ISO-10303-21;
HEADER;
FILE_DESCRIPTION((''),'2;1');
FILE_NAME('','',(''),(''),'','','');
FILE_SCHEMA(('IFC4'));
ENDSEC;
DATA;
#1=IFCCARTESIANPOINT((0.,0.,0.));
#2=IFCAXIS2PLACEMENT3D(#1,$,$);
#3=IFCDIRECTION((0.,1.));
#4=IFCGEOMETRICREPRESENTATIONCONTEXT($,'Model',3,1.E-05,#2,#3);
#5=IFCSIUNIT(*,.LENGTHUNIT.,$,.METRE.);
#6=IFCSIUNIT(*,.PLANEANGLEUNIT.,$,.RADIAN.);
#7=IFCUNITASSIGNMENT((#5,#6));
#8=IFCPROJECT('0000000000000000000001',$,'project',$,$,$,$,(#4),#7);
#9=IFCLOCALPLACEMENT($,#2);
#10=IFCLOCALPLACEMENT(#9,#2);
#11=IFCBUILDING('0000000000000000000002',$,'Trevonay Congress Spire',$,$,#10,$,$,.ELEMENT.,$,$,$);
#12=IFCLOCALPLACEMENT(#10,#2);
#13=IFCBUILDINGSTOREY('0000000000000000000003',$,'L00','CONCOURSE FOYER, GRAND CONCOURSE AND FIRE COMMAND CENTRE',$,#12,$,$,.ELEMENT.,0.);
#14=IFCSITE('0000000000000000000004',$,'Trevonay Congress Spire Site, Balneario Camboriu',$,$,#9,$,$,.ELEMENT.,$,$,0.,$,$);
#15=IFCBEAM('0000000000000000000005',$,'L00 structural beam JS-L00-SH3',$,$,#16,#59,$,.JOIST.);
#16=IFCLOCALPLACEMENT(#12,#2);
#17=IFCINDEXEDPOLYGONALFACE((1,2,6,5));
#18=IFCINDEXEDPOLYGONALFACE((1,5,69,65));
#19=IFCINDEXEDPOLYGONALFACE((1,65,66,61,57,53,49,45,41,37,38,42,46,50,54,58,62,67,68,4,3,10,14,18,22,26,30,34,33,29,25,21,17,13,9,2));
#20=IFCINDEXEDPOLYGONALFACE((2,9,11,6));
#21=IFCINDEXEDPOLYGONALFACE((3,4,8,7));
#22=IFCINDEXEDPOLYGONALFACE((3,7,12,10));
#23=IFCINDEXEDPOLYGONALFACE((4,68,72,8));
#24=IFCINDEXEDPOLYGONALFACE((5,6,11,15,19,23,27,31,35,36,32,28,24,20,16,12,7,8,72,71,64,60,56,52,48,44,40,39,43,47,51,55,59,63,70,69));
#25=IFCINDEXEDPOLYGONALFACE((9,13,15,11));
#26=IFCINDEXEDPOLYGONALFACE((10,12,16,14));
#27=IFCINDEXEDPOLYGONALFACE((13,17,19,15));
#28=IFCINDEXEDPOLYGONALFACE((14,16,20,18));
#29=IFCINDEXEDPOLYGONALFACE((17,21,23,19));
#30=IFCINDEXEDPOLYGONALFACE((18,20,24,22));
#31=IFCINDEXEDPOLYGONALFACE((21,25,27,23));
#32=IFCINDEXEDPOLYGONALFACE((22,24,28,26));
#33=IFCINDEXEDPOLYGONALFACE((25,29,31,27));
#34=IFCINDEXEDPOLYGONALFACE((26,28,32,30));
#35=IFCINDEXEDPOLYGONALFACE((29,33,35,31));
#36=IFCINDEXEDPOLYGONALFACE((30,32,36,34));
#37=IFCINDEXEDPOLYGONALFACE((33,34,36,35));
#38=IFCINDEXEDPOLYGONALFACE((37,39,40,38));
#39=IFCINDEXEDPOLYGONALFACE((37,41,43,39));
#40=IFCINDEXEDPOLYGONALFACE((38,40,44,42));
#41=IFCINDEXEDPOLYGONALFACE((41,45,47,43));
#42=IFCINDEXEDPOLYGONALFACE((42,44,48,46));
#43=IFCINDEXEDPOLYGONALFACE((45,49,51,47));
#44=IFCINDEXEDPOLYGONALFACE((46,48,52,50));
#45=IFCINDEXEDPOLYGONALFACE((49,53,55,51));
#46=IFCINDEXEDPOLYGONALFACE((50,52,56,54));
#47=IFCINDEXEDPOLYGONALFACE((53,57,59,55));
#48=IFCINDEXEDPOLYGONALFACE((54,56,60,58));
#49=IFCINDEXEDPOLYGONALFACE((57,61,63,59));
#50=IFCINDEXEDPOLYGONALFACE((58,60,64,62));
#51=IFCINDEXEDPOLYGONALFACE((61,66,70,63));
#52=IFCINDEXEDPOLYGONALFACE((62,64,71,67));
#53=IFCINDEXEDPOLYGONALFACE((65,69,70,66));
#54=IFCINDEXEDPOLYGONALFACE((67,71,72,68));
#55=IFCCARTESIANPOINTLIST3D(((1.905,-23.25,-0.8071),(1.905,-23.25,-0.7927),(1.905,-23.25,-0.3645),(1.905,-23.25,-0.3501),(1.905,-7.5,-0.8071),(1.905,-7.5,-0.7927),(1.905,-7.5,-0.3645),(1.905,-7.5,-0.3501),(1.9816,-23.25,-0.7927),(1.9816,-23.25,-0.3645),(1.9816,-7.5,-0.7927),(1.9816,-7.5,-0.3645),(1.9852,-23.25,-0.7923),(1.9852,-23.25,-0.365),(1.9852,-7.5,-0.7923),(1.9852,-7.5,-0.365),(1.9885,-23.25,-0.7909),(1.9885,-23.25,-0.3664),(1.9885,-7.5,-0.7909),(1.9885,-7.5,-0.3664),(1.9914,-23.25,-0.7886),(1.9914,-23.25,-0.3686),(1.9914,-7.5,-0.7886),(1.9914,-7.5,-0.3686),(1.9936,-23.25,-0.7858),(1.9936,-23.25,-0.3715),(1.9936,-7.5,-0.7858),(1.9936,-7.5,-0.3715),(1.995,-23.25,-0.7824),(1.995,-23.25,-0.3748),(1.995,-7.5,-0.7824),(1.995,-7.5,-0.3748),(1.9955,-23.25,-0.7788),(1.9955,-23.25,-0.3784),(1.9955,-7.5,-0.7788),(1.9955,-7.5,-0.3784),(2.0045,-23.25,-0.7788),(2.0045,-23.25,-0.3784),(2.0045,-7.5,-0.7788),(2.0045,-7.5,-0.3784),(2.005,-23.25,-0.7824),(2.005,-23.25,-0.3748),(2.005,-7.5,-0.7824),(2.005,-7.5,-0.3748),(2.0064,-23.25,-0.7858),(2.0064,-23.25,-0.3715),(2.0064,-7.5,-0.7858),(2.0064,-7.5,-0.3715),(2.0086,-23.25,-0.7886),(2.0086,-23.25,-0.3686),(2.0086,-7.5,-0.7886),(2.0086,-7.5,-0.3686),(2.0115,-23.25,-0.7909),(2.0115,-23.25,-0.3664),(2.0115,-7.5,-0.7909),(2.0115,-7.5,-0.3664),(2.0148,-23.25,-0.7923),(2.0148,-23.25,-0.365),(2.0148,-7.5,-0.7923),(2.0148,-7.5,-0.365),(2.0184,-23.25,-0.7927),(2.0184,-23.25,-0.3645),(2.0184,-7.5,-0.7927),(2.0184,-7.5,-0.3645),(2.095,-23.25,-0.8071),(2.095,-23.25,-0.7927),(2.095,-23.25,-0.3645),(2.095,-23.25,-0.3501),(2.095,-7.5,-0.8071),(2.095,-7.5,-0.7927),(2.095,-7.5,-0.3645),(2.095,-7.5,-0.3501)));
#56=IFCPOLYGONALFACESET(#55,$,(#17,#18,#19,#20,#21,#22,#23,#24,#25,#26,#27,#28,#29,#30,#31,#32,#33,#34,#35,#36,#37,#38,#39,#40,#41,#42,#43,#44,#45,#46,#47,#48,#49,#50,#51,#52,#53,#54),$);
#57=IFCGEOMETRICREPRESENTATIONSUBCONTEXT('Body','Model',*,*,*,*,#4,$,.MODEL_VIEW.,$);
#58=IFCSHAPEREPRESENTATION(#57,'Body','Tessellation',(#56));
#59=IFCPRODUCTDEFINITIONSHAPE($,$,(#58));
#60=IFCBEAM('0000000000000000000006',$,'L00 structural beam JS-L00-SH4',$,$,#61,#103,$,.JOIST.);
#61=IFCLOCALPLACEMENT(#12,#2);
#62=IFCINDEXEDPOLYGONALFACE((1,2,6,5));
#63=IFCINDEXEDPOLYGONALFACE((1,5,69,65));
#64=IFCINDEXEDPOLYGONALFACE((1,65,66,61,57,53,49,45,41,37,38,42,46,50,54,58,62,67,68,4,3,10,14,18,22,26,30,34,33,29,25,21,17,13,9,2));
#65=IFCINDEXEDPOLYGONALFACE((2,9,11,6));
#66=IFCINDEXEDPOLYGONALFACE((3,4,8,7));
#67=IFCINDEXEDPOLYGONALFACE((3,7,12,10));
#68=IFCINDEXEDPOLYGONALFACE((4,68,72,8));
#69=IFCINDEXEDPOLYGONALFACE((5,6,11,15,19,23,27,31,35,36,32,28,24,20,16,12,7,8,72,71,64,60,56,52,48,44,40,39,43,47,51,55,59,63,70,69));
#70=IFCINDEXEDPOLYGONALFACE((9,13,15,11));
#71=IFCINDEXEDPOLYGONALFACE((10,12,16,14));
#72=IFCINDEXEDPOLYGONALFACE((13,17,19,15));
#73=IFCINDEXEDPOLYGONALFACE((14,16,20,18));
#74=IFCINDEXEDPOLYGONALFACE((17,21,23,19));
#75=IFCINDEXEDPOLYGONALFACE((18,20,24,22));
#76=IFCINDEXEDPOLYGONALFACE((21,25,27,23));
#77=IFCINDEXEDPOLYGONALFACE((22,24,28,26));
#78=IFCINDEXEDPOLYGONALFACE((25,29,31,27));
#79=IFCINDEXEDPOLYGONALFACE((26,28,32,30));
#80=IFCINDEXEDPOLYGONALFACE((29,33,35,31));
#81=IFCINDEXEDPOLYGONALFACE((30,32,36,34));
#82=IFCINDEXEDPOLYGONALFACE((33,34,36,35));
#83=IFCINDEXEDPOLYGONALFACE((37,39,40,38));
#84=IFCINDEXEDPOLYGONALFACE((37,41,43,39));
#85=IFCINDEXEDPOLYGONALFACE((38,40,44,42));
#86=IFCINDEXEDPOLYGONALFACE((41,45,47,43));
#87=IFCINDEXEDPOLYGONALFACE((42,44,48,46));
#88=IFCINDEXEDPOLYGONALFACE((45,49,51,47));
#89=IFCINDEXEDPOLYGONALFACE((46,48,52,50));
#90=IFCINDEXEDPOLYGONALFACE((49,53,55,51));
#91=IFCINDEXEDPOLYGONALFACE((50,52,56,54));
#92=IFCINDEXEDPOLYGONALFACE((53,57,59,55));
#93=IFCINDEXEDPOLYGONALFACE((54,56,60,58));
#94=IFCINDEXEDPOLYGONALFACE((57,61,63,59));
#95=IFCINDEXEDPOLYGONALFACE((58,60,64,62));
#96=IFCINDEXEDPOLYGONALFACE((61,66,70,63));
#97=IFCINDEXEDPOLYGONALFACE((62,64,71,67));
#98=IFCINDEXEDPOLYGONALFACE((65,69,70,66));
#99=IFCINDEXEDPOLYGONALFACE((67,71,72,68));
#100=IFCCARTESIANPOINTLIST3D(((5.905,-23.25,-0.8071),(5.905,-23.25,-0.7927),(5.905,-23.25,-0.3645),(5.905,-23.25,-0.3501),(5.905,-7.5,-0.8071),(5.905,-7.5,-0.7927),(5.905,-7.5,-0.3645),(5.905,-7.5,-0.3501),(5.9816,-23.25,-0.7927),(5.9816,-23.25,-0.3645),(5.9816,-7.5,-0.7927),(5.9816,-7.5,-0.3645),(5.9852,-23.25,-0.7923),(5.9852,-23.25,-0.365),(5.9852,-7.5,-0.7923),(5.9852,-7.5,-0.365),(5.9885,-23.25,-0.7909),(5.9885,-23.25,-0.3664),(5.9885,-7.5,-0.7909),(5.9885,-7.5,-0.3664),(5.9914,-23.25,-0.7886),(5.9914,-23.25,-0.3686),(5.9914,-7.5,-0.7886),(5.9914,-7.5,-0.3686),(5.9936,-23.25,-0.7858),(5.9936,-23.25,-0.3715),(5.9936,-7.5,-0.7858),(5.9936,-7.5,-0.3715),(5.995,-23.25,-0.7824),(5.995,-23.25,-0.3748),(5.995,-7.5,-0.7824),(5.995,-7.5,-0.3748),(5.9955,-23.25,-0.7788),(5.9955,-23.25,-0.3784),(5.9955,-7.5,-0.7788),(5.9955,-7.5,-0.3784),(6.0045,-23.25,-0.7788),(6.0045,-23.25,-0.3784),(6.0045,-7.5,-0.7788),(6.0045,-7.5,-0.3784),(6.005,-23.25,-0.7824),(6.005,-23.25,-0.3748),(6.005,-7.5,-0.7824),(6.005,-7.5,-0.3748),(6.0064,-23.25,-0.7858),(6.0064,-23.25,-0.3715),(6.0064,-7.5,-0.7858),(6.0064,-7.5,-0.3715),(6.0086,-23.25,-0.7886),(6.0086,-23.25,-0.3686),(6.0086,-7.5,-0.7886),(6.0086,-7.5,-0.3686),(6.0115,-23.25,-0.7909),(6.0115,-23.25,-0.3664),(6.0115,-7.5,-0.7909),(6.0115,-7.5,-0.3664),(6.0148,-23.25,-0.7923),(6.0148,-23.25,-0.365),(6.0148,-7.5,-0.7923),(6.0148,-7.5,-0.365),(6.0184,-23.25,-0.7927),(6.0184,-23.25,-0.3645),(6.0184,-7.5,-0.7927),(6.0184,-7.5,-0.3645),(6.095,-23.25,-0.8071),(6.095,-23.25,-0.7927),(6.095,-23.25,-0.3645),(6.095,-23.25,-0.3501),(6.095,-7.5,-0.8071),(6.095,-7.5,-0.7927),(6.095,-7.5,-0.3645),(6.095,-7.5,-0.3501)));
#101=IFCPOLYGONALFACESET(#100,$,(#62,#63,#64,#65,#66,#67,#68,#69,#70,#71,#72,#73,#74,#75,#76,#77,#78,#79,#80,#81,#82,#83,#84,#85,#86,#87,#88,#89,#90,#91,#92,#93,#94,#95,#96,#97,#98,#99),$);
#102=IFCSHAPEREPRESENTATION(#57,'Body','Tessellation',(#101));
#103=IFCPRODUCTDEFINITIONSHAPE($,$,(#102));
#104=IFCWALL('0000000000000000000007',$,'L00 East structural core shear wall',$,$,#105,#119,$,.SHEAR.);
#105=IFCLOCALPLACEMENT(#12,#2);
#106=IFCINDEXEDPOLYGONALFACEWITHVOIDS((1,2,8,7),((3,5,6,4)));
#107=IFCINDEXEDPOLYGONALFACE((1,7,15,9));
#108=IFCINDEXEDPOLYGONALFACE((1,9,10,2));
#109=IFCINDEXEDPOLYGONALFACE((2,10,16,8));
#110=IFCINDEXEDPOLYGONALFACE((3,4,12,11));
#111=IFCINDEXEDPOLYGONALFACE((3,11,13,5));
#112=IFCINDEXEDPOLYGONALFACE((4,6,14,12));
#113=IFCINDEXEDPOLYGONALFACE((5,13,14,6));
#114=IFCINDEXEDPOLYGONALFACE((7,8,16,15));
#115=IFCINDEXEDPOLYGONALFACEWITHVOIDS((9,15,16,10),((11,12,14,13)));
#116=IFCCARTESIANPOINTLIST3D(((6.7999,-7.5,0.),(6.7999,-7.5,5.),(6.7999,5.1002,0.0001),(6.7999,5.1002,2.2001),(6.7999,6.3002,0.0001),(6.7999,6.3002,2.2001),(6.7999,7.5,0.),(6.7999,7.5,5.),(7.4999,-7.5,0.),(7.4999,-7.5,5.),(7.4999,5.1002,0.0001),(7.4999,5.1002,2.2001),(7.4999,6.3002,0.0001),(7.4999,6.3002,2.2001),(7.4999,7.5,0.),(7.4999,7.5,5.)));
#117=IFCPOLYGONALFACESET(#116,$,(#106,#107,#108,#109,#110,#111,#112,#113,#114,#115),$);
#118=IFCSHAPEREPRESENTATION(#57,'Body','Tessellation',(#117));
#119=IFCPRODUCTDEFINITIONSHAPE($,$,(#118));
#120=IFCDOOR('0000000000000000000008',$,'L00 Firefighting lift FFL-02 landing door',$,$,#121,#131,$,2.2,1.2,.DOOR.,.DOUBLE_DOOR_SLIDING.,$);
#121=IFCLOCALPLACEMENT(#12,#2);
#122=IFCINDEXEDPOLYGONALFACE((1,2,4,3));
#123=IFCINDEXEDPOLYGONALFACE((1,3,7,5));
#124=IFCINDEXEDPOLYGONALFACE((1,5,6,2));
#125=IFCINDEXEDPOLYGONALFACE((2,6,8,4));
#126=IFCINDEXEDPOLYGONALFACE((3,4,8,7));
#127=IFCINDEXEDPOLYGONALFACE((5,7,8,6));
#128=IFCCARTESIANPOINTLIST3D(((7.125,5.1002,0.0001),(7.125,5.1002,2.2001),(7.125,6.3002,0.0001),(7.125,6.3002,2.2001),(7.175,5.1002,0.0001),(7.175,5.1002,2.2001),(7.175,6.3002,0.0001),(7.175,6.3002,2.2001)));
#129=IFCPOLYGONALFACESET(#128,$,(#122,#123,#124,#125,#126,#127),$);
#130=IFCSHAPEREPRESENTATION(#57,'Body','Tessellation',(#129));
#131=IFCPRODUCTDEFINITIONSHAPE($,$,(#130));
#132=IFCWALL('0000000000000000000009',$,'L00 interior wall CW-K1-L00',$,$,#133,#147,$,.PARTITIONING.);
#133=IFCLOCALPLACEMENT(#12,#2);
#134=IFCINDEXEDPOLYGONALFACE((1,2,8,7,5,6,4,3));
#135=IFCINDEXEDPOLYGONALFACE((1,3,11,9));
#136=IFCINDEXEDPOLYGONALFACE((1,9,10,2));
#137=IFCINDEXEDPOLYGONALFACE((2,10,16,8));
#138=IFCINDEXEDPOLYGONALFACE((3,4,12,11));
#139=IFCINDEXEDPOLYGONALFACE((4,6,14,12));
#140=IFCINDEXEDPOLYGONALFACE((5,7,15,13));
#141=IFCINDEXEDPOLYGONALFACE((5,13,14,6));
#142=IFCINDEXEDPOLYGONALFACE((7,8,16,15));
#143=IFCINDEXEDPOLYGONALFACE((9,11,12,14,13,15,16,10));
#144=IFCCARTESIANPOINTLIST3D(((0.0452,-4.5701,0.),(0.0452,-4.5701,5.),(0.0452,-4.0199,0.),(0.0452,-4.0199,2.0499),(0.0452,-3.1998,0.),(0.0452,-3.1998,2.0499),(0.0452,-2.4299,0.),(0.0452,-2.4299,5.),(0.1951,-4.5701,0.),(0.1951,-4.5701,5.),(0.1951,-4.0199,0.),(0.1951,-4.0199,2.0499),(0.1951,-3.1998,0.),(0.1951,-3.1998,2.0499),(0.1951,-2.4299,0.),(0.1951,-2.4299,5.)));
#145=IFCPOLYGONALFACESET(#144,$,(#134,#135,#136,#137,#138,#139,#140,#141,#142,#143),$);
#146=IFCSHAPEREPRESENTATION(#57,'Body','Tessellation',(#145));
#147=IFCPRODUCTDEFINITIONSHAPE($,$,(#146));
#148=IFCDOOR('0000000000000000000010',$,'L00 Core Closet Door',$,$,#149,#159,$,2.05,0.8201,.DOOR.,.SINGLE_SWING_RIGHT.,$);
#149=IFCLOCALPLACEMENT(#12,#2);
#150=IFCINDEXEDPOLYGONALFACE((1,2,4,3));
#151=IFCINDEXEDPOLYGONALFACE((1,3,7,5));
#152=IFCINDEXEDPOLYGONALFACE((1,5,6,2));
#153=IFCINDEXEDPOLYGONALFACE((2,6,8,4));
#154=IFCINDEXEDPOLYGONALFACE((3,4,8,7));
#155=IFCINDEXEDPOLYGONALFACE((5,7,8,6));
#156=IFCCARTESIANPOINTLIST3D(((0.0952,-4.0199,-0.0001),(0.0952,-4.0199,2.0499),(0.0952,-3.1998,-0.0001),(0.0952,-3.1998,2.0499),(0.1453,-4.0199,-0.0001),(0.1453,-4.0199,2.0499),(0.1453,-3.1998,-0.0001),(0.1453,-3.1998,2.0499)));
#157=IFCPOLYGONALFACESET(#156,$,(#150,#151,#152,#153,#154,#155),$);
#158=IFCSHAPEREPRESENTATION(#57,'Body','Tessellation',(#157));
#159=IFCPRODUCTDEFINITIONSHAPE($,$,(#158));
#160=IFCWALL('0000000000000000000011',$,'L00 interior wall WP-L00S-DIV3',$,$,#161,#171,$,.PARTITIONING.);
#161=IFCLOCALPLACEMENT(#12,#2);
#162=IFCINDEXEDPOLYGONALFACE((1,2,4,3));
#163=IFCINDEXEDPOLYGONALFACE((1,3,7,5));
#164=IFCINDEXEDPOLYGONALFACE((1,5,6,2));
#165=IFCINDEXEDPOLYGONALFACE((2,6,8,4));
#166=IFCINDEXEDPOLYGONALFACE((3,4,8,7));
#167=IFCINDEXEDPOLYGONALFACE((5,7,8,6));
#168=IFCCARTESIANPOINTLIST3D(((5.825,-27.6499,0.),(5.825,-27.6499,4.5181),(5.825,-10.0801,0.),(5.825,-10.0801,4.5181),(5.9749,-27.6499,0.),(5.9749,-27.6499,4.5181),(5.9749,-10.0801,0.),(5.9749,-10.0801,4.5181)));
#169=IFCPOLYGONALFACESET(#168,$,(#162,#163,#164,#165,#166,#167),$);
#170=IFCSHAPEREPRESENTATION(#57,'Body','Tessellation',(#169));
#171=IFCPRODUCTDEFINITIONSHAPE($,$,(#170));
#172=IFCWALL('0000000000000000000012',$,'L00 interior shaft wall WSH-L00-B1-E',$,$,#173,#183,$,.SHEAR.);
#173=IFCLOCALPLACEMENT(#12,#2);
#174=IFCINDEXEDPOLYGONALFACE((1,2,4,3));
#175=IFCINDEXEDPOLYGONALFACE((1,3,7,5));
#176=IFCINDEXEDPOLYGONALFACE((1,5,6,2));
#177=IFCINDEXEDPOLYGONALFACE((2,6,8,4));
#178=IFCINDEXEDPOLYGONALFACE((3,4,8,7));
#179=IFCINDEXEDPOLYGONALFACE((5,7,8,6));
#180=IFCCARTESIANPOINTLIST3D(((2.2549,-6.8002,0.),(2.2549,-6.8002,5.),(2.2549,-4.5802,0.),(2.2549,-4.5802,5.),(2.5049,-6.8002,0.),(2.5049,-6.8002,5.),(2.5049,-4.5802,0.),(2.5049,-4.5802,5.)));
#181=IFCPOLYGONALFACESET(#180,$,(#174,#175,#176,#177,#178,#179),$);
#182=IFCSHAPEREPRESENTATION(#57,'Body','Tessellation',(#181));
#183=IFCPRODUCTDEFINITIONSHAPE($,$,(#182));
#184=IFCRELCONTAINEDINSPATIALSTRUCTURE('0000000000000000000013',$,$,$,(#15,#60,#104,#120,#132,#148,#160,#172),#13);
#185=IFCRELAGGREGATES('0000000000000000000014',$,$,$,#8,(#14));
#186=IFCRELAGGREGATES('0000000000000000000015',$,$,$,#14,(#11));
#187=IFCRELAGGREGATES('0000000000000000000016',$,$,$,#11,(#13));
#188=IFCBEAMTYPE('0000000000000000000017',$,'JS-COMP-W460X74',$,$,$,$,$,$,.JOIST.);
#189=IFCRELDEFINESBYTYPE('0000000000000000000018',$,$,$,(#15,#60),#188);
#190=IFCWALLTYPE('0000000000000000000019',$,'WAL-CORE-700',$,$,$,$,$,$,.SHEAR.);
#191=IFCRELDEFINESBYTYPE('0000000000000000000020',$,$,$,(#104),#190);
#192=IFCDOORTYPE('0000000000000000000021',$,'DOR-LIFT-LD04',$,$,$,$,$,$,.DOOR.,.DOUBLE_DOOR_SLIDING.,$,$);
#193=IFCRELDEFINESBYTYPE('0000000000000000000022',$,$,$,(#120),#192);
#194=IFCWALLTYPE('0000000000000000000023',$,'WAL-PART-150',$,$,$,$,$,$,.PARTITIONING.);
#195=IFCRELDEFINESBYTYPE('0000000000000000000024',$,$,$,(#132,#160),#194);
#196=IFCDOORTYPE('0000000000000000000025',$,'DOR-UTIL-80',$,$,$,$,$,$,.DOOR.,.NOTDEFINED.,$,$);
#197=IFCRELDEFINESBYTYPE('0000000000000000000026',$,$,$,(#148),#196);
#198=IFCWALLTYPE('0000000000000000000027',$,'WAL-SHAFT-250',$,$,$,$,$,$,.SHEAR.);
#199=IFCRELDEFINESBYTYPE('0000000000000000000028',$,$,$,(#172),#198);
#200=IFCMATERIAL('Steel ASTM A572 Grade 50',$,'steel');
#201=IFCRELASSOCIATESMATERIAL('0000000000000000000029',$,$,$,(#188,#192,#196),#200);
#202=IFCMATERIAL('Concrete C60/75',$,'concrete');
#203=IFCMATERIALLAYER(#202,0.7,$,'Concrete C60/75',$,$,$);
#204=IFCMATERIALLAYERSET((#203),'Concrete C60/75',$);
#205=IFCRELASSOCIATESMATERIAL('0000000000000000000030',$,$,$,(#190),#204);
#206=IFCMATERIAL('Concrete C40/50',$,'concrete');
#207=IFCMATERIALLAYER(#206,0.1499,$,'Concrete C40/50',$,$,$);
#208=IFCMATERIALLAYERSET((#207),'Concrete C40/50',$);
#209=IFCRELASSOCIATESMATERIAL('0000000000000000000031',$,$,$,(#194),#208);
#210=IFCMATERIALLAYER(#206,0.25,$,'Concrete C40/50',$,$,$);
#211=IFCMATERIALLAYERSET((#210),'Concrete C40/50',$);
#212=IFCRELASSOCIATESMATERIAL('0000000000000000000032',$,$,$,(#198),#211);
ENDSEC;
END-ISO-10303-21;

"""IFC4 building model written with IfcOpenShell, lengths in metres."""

from ifc_helpers import new_model, si_unit, direction, frame, frame_2d, origin, origin_2d, place, context, subcontext, project, spatial, rectangle, i_section, extrude, material, layer, layer_set, material_profile, profile_set, type_object, element, fill, save


model = new_model("IFC4")

# Units and contexts
model_context = context("Model", 3, precision=1e-05, world=origin(), true_north=direction((0.0, 1.0)))
body_context = subcontext(model_context, "Body", "Model", "MODEL_VIEW")
ifc_project = project(units=[si_unit("LENGTHUNIT", "METRE"), si_unit("PLANEANGLEUNIT", "RADIAN")], contexts=[model_context])

# Site, building, storey
site_placement = place(None, origin())
site = spatial("IfcSite", under=ifc_project, at=site_placement, Name="Trevonay Congress Spire Site, Balneario Camboriu", CompositionType="ELEMENT", RefElevation=0.0)
building_placement = place(site_placement, origin())
building = spatial("IfcBuilding", under=site, at=building_placement, Name="Trevonay Congress Spire", CompositionType="ELEMENT")
storey_placement = place(building_placement, origin())
storey = spatial("IfcBuildingStorey", under=building, at=storey_placement, Name="L00", Description="CONCOURSE FOYER, GRAND CONCOURSE AND FIRE COMMAND CENTRE", CompositionType="ELEMENT", Elevation=0.0)

# Shared definitions
ifc_material_1 = material(Name="Steel ASTM A572 Grade 50", Category="steel")

# Beams
ifc_material_profile_1 = material_profile(ifc_material_1, i_section(OverallWidth=0.1899, OverallDepth=0.457, WebThickness=0.009, FlangeThickness=0.0144, FilletRadius=0.0139, at=origin_2d()), Name="W460x74")
ifc_profile_set_1 = profile_set([ifc_material_profile_1], Name="Steel ASTM A572 Grade 50")
beam_type_1 = type_object("IfcBeamType", Name="JS-COMP-W460X74", PredefinedType="JOIST", material=ifc_profile_set_1)
for number, where, z_axis, x_axis, name in (
    (1, (2.0, -23.25, -0.5786), (0.0, 1.0, 0.0), (-1.0, 0.0, 0.0), "L00 structural beam JS-L00-SH3"),
    (2, (6.0, -23.25, -0.5786), (0.0, 1.0, 0.0), (-1.0, 0.0, 0.0), "L00 structural beam JS-L00-SH4"),
):
    element("IfcBeam", number, at=place(storey_placement, frame(where, z_axis=z_axis, x_axis=x_axis)), inside=storey, type_object=beam_type_1, Name=name, PredefinedType="JOIST", context=body_context, shape_type="SweptSolid", body=[
        extrude(i_section(OverallWidth=0.1899, OverallDepth=0.457, WebThickness=0.009, FlangeThickness=0.0144, FilletRadius=0.0139, at=origin_2d()), origin(), (0.0, 0.0, 1.0), 15.75),
    ])

# Walls, openings, doors
ifc_material_2 = material(Name="Concrete C60/75", Category="concrete")
ifc_layer_1 = layer(ifc_material_2, 0.7, Name="Concrete C60/75")
ifc_layer_set_1 = layer_set([ifc_layer_1], Name="Concrete C60/75")
wall_type_1 = type_object("IfcWallType", Name="WAL-CORE-700", PredefinedType="SHEAR", material=ifc_layer_set_1)
wall_1_placement = place(storey_placement, frame((7.1499, -7.5, 0.0), z_axis=(0.0, 0.0, 1.0), x_axis=(0.0, 1.0, 0.0)))
wall_1 = element("IfcWall", 3, at=wall_1_placement, inside=storey, type_object=wall_type_1, Name="L00 East structural core shear wall", PredefinedType="SHEAR", context=body_context, shape_type="SweptSolid", body=[
    extrude(rectangle(XDim=15.0, YDim=0.7, at=frame_2d((7.5, 0.0))), origin(), (0.0, 0.0, 1.0), 5.0),
])
opening_1_placement = place(wall_1_placement, frame((12.6001, 0.0, 0.0)))
opening_1 = element("IfcOpeningElement", 4, at=opening_1_placement, cuts=wall_1, PredefinedType="OPENING", context=body_context, shape_type="SweptSolid", body=[
    extrude(rectangle(XDim=1.2, YDim=2.2, at=frame_2d((0.6001, 1.1001))), frame((0.0, 0.3599, 0.0), z_axis=(0.0, -1.0, 0.0), x_axis=(1.0, 0.0, 0.0)), (0.0, 0.0, 1.0), 0.72),
])
door_type_1 = type_object("IfcDoorType", Name="DOR-LIFT-LD04", OperationType="DOUBLE_DOOR_SLIDING", PredefinedType="DOOR", material=ifc_material_1)
door_1_placement = place(opening_1_placement, origin())
door_1 = element("IfcDoor", 5, at=door_1_placement, inside=storey, type_object=door_type_1, Name="L00 Firefighting lift FFL-02 landing door", OperationType="DOUBLE_DOOR_SLIDING", OverallHeight=2.2, OverallWidth=1.2, PredefinedType="DOOR", context=body_context, shape_type="SweptSolid", body=[
    extrude(rectangle(XDim=1.2, YDim=2.2, at=frame_2d((0.6001, 1.1001))), frame((0.0, 0.0249, 0.0), z_axis=(0.0, -1.0, 0.0), x_axis=(1.0, 0.0, 0.0)), (0.0, 0.0, 1.0), 0.05),
])
fill(opening_1, door_1)
ifc_material_3 = material(Name="Concrete C40/50", Category="concrete")
ifc_layer_2 = layer(ifc_material_3, 0.1499, Name="Concrete C40/50")
ifc_layer_set_2 = layer_set([ifc_layer_2], Name="Concrete C40/50")
wall_type_2 = type_object("IfcWallType", Name="WAL-PART-150", PredefinedType="PARTITIONING", material=ifc_layer_set_2)
wall_2_placement = place(storey_placement, frame((0.1201, -4.5701, 0.0), z_axis=(0.0, 0.0, 1.0), x_axis=(0.0, 1.0, 0.0)))
wall_2 = element("IfcWall", 6, at=wall_2_placement, inside=storey, type_object=wall_type_2, Name="L00 interior wall CW-K1-L00", PredefinedType="PARTITIONING", context=body_context, shape_type="SweptSolid", body=[
    extrude(rectangle(XDim=2.1401, YDim=0.1499, at=frame_2d((1.0701, 0.0))), origin(), (0.0, 0.0, 1.0), 5.0),
])
opening_2_placement = place(wall_2_placement, frame((0.55, 0.0, 0.0)))
opening_2 = element("IfcOpeningElement", 7, at=opening_2_placement, cuts=wall_2, PredefinedType="OPENING", context=body_context, shape_type="SweptSolid", body=[
    extrude(rectangle(XDim=0.8201, YDim=2.05, at=frame_2d((0.4102, 1.0249))), frame((0.0, 0.085, 0.0), z_axis=(0.0, -1.0, 0.0), x_axis=(1.0, 0.0, 0.0)), (0.0, 0.0, 1.0), 0.1699),
])
door_type_2 = type_object("IfcDoorType", Name="DOR-UTIL-80", OperationType="NOTDEFINED", PredefinedType="DOOR", material=ifc_material_1)
door_2_placement = place(opening_2_placement, origin())
door_2 = element("IfcDoor", 8, at=door_2_placement, inside=storey, type_object=door_type_2, Name="L00 Core Closet Door", OperationType="SINGLE_SWING_RIGHT", OverallHeight=2.05, OverallWidth=0.8201, PredefinedType="DOOR", context=body_context, shape_type="SweptSolid", body=[
    extrude(rectangle(XDim=0.8201, YDim=2.05, at=frame_2d((0.4102, 1.0249))), frame((0.0, 0.0249, 0.0), z_axis=(0.0, -1.0, 0.0), x_axis=(1.0, 0.0, 0.0)), (0.0, 0.0, 1.0), 0.05),
])
fill(opening_2, door_2)

# Walls
wall_3_placement = place(storey_placement, frame((5.8999, -27.6499, 0.0), z_axis=(0.0, 0.0, 1.0), x_axis=(0.0, 1.0, 0.0)))
element("IfcWall", 9, at=wall_3_placement, inside=storey, type_object=wall_type_2, Name="L00 interior wall WP-L00S-DIV3", PredefinedType="PARTITIONING", context=body_context, shape_type="SweptSolid", body=[
    extrude(rectangle(XDim=17.5698, YDim=0.1499, at=frame_2d((8.7849, 0.0))), origin(), (0.0, 0.0, 1.0), 4.5181),
])
ifc_layer_3 = layer(ifc_material_3, 0.25, Name="Concrete C40/50")
ifc_layer_set_3 = layer_set([ifc_layer_3], Name="Concrete C40/50")
wall_type_3 = type_object("IfcWallType", Name="WAL-SHAFT-250", PredefinedType="SHEAR", material=ifc_layer_set_3)
wall_4_placement = place(storey_placement, frame((2.3799, -6.8, 0.0), z_axis=(0.0, 0.0, 1.0), x_axis=(0.0, 1.0, 0.0)))
element("IfcWall", 10, at=wall_4_placement, inside=storey, type_object=wall_type_3, Name="L00 interior shaft wall WSH-L00-B1-E", PredefinedType="SHEAR", context=body_context, shape_type="SweptSolid", body=[
    extrude(rectangle(XDim=2.22, YDim=0.25, at=frame_2d((1.1099, 0.0))), origin(), (0.0, 0.0, 1.0), 5.0),
])

save(model, "model.ifc")
